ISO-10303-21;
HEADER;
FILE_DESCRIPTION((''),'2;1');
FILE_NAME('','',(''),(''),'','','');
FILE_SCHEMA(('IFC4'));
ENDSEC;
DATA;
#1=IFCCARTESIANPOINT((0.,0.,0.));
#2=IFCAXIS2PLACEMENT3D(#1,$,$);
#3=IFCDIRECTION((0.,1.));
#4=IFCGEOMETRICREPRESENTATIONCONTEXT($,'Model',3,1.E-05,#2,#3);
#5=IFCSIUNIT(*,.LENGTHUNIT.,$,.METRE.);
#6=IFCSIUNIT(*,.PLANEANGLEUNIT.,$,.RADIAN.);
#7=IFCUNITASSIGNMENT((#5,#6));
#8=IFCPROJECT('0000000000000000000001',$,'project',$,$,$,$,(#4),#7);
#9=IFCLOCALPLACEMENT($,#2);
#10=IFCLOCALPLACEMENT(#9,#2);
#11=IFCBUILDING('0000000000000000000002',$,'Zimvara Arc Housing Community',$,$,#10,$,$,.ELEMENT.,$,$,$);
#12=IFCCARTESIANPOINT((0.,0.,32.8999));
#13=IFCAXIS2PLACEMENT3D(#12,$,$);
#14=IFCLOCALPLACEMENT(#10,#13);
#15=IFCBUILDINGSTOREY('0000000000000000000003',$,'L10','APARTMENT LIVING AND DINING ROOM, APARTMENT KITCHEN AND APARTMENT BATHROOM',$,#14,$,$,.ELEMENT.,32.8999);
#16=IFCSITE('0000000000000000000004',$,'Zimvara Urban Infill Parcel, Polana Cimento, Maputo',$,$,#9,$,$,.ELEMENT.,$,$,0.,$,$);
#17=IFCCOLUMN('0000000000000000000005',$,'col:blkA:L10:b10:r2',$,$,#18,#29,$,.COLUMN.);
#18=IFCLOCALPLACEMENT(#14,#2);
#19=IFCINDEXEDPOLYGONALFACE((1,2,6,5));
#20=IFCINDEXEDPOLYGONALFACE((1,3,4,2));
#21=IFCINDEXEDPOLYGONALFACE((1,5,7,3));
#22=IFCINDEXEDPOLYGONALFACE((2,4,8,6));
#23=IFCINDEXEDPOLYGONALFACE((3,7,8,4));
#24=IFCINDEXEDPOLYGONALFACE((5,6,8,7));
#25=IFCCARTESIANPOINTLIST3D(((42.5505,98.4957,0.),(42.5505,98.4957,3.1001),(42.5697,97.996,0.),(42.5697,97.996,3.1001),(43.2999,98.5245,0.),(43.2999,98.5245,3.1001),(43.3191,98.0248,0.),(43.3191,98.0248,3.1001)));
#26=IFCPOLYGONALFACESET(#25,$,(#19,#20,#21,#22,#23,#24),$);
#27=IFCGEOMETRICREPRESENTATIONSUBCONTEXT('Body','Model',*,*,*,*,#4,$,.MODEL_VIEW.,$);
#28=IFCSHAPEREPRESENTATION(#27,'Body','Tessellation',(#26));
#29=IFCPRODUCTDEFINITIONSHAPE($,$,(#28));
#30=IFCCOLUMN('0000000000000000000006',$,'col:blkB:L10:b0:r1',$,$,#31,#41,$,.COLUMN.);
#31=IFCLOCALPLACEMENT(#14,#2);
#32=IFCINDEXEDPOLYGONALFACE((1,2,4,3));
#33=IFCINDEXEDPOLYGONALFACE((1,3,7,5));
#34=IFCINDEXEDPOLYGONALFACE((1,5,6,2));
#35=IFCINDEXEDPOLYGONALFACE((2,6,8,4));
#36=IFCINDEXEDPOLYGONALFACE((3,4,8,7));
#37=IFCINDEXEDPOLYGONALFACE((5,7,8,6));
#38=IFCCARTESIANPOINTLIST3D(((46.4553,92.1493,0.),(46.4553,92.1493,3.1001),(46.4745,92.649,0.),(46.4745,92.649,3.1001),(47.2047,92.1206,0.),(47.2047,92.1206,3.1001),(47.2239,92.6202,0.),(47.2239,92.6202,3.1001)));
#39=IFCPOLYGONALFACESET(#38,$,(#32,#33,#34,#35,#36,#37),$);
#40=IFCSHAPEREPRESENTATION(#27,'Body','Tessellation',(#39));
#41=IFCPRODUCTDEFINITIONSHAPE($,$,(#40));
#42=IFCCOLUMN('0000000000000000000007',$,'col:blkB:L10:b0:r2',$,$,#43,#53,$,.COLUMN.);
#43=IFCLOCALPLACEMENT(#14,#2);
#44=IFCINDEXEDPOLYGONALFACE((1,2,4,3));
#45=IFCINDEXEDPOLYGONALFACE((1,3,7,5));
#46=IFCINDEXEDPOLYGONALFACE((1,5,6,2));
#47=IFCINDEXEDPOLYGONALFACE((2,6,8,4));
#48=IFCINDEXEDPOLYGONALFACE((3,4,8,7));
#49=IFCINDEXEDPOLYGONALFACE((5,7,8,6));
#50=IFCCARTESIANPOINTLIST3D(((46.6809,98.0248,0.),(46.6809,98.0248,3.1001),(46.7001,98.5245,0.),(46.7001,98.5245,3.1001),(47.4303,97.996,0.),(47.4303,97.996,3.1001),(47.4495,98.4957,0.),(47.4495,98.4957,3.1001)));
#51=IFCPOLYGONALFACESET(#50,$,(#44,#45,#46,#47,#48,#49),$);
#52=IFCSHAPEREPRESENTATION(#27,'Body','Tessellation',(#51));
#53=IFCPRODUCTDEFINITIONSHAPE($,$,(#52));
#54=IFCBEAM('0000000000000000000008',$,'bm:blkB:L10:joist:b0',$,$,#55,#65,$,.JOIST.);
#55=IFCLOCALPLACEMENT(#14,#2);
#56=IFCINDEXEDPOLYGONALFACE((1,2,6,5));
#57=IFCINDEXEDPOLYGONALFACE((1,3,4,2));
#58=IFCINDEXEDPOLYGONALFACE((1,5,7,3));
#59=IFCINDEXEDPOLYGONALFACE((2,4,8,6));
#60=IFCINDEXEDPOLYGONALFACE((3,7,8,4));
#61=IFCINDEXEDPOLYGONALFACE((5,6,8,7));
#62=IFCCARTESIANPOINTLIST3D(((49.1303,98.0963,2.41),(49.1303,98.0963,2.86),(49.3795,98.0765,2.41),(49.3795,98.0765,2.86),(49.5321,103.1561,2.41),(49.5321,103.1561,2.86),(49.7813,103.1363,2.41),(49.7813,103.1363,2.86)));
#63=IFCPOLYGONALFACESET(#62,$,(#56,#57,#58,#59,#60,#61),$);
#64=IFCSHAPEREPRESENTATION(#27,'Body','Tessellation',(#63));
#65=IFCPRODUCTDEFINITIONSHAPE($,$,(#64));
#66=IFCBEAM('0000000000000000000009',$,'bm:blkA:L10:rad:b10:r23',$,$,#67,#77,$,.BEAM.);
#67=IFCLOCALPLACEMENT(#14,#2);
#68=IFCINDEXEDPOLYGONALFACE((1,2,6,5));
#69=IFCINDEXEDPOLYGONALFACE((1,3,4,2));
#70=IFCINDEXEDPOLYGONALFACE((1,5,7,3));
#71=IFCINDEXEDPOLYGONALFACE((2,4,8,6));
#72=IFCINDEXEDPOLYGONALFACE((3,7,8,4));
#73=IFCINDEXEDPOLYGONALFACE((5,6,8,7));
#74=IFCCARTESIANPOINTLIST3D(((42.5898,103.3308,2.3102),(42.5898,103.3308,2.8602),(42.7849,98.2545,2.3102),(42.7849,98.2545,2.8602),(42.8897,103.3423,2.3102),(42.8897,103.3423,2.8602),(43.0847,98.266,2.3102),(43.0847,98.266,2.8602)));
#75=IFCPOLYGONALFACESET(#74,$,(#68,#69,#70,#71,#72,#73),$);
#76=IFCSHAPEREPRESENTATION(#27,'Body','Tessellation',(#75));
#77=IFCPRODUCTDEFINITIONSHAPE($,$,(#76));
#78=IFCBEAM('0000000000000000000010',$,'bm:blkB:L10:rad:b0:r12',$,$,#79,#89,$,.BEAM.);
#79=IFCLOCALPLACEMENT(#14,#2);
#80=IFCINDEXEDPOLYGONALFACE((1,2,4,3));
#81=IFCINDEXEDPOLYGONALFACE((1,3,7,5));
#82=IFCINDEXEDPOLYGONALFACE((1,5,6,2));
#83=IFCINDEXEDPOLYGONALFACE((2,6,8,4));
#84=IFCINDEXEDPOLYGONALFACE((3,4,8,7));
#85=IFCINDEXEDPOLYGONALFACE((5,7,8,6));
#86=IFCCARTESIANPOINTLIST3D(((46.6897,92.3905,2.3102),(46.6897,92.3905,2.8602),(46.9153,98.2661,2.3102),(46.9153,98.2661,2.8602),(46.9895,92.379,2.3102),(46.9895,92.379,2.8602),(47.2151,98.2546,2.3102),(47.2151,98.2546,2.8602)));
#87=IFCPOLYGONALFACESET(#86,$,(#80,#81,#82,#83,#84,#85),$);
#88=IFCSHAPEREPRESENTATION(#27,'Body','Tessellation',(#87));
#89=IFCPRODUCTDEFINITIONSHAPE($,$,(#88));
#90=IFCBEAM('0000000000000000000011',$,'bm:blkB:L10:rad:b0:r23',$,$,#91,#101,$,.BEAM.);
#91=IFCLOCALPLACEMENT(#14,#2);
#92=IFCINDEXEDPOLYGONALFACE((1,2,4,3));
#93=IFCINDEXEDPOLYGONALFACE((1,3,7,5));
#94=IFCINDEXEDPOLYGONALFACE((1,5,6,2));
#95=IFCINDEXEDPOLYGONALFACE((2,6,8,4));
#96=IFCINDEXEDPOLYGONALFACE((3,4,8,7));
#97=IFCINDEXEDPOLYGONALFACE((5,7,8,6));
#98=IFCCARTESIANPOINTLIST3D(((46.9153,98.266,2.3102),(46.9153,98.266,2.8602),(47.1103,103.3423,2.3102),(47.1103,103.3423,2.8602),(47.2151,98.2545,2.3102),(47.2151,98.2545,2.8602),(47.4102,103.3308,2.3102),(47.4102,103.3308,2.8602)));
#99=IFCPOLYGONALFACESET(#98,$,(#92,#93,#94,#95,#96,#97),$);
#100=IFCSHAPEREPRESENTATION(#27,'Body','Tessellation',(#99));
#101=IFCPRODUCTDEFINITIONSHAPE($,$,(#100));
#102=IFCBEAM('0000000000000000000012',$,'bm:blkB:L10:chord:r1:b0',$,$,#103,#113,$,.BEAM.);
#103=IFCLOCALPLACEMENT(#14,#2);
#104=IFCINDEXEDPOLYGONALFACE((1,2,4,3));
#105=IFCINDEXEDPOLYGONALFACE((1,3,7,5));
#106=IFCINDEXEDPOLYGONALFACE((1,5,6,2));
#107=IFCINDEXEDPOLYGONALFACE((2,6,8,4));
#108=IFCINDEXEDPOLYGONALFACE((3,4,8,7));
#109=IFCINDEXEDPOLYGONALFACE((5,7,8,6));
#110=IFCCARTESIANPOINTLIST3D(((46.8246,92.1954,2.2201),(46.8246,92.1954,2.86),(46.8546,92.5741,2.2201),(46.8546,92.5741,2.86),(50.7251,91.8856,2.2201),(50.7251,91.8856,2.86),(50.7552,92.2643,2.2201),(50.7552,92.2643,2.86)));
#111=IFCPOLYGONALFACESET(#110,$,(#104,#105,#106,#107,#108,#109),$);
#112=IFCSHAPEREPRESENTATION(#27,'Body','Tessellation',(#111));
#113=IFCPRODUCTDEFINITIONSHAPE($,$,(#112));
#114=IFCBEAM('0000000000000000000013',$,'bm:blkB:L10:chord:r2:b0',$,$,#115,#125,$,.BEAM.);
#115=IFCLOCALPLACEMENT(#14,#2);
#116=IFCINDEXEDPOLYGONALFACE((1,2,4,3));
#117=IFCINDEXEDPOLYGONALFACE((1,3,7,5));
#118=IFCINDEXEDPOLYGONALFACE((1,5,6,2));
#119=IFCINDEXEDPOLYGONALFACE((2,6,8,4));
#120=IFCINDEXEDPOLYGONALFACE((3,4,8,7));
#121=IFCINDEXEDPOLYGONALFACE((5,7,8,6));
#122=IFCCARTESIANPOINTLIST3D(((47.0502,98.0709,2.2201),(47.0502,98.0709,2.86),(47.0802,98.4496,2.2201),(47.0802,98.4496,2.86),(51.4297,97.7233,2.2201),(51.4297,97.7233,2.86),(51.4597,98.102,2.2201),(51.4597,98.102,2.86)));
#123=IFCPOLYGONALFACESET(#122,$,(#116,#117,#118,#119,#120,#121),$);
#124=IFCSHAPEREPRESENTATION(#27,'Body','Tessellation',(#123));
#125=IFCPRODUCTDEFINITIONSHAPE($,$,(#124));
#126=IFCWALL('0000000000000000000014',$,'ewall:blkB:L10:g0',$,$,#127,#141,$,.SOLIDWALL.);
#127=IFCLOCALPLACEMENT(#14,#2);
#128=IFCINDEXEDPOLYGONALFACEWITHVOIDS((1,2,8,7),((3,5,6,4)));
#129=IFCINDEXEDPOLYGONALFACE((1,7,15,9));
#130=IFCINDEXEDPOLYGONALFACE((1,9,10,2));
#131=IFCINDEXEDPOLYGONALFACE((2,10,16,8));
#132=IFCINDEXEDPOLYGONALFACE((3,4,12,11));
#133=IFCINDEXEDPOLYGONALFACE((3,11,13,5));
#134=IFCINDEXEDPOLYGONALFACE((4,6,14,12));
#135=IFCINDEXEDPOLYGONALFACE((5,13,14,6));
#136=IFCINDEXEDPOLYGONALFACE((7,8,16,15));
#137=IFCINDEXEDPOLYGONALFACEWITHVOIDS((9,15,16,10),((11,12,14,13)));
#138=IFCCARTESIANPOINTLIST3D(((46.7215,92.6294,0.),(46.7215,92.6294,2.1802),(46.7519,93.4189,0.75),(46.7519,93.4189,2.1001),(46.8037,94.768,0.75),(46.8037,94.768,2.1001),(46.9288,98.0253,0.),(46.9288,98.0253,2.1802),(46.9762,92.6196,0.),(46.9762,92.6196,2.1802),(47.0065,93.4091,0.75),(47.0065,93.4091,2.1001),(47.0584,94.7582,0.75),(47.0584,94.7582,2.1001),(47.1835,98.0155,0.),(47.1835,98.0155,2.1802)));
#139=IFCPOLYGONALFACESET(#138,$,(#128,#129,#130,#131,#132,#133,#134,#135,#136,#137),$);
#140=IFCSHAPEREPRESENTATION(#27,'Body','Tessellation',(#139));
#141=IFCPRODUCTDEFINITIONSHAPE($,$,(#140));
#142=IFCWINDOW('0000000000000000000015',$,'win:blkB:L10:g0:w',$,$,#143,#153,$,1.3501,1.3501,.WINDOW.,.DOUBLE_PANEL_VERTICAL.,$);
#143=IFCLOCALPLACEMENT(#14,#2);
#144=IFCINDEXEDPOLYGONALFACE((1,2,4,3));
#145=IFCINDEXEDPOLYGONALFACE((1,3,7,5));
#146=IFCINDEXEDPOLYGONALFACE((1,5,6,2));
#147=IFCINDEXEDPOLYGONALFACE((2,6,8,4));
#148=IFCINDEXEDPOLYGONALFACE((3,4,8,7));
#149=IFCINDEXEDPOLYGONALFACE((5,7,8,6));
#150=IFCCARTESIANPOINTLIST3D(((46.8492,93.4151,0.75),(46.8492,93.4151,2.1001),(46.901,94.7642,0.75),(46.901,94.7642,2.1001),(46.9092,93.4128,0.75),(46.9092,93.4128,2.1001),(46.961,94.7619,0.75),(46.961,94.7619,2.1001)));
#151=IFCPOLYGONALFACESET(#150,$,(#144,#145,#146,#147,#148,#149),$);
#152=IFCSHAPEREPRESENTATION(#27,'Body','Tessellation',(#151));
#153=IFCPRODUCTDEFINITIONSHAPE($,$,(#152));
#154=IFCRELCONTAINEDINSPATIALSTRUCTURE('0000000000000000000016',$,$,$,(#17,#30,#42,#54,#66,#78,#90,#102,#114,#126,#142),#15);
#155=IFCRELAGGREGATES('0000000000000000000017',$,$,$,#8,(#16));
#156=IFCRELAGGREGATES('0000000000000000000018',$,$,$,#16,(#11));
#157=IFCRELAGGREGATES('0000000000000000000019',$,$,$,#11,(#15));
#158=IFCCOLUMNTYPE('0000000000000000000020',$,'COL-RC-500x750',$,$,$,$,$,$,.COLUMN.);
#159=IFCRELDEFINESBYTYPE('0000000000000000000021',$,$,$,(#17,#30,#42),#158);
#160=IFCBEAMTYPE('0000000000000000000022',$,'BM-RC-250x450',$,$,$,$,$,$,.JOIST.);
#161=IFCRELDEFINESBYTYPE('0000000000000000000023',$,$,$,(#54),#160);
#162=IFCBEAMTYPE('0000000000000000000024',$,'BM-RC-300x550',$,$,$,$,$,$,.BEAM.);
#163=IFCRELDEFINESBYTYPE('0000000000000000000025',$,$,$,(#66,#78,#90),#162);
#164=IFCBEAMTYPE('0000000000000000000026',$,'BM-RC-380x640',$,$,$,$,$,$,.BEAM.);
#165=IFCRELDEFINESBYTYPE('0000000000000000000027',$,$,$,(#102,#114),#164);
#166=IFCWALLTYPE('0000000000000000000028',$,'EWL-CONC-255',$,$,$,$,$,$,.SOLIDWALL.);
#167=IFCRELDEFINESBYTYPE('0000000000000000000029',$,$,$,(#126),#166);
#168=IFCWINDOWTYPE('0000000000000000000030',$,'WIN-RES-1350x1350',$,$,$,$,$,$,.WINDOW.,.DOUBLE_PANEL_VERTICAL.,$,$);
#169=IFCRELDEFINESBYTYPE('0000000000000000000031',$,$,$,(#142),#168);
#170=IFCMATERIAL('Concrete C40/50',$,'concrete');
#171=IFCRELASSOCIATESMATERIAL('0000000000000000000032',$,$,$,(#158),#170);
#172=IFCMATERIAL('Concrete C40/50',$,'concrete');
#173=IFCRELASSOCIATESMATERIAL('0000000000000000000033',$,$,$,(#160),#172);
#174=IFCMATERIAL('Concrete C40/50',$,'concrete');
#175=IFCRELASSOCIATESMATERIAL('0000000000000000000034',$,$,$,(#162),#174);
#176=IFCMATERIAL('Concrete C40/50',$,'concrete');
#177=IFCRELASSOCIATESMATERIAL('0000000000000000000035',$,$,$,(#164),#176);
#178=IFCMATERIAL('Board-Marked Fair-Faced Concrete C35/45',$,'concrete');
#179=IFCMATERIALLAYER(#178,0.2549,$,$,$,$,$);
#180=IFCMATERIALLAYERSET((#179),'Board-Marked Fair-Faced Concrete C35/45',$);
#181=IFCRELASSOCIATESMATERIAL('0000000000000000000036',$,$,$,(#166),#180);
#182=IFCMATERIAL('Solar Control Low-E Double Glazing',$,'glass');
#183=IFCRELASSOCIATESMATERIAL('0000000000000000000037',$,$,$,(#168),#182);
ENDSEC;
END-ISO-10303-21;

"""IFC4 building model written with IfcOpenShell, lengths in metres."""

from ifc_helpers import new_model, si_unit, direction, frame, frame_2d, origin, origin_2d, place, context, subcontext, project, spatial, rectangle, extrude, material, layer, layer_set, material_profile, profile_set, type_object, element, fill, save


model = new_model("IFC4")

# Units and contexts
model_context = context("Model", 3, precision=1e-05, world=origin(), true_north=direction((0.0, 1.0)))
body_context = subcontext(model_context, "Body", "Model", "MODEL_VIEW")
ifc_project = project(units=[si_unit("LENGTHUNIT", "METRE"), si_unit("PLANEANGLEUNIT", "RADIAN")], contexts=[model_context])

# Site, building, storey
site_placement = place(None, origin())
site = spatial("IfcSite", under=ifc_project, at=site_placement, Name="Zimvara Urban Infill Parcel, Polana Cimento, Maputo", CompositionType="ELEMENT", RefElevation=0.0)
building_placement = place(site_placement, origin())
building = spatial("IfcBuilding", under=site, at=building_placement, Name="Zimvara Arc Housing Community", CompositionType="ELEMENT")
storey_placement = place(building_placement, frame((0.0, 0.0, 32.8999)))
storey = spatial("IfcBuildingStorey", under=building, at=storey_placement, Name="L10", Description="APARTMENT LIVING AND DINING ROOM, APARTMENT KITCHEN AND APARTMENT BATHROOM", CompositionType="ELEMENT", Elevation=32.8999)

# Columns
ifc_material_1 = material(Name="Concrete C40/50", Category="concrete")
ifc_material_profile_1 = material_profile(ifc_material_1, rectangle(XDim=0.5, YDim=0.75, at=origin_2d()), Name="RC 500x750")
ifc_profile_set_1 = profile_set([ifc_material_profile_1], Name="Concrete C40/50")
column_type = type_object("IfcColumnType", Name="COL-RC-500x750", PredefinedType="COLUMN", material=ifc_profile_set_1)
for number, where, z_axis, x_axis, name in (
    (1, (42.9348, 98.2603, 0.0), (0.0, 0.0, 1.0), (-0.038388, 0.999263, 0.0), "col:blkA:L10:b10:r2"),
    (2, (46.8396, 92.3848, 0.0), (0.0, 0.0, 1.0), (0.038388, 0.999263, 0.0), "col:blkB:L10:b0:r1"),
    (3, (47.0652, 98.2603, 0.0), (0.0, 0.0, 1.0), (0.038388, 0.999263, 0.0), "col:blkB:L10:b0:r2"),
):
    element("IfcColumn", number, at=place(storey_placement, frame(where, z_axis=z_axis, x_axis=x_axis)), inside=storey, type_object=column_type, Name=name, PredefinedType="COLUMN", context=body_context, shape_type="SweptSolid", body=[
        extrude(rectangle(XDim=0.5, YDim=0.75, at=origin_2d()), origin(), (0.0, 0.0, 1.0), 3.1001),
    ])

# Beams
ifc_material_2 = material(Name="Concrete C40/50", Category="concrete")
ifc_material_profile_2 = material_profile(ifc_material_2, rectangle(XDim=0.25, YDim=0.45, at=origin_2d()), Name="RC 250x450")
ifc_profile_set_2 = profile_set([ifc_material_profile_2], Name="Concrete C40/50")
beam_type_1 = type_object("IfcBeamType", Name="BM-RC-250x450", PredefinedType="JOIST", material=ifc_profile_set_2)
beam_1_placement = place(storey_placement, frame((49.2549, 98.0864, 2.635), z_axis=(0.079172, 0.996861, 0.0), x_axis=(-0.996861, 0.079172, 0.0)))
element("IfcBeam", 4, at=beam_1_placement, inside=storey, type_object=beam_type_1, Name="bm:blkB:L10:joist:b0", PredefinedType="JOIST", context=body_context, shape_type="SweptSolid", body=[
    extrude(rectangle(XDim=0.25, YDim=0.45, at=origin_2d()), origin(), (0.0, 0.0, 1.0), 5.0757),
])
ifc_material_3 = material(Name="Concrete C40/50", Category="concrete")
ifc_material_profile_3 = material_profile(ifc_material_3, rectangle(XDim=0.3, YDim=0.55, at=origin_2d()), Name="RC 300x550")
ifc_profile_set_3 = profile_set([ifc_material_profile_3], Name="Concrete C40/50")
beam_type_2 = type_object("IfcBeamType", Name="BM-RC-300x550", PredefinedType="BEAM", material=ifc_profile_set_3)
beam_2_placement = place(storey_placement, frame((42.9348, 98.2603, 2.5852), z_axis=(-0.038398, 0.999263, 0.0), x_axis=(-0.999263, -0.038398, 0.0)))
element("IfcBeam", 5, at=beam_2_placement, inside=storey, type_object=beam_type_2, Name="bm:blkA:L10:rad:b10:r23", PredefinedType="BEAM", context=body_context, shape_type="SweptSolid", body=[
    extrude(rectangle(XDim=0.3, YDim=0.55, at=origin_2d()), origin(), (0.0, 0.0, 1.0), 5.0801),
])
beam_3_placement = place(storey_placement, frame((46.8396, 92.3848, 2.5852), z_axis=(0.038366, 0.999264, 0.0), x_axis=(-0.999264, 0.038366, 0.0)))
element("IfcBeam", 6, at=beam_3_placement, inside=storey, type_object=beam_type_2, Name="bm:blkB:L10:rad:b0:r12", PredefinedType="BEAM", context=body_context, shape_type="SweptSolid", body=[
    extrude(rectangle(XDim=0.3, YDim=0.55, at=origin_2d()), origin(), (0.0, 0.0, 1.0), 5.8799),
])
beam_4_placement = place(storey_placement, frame((47.0652, 98.2603, 2.5852), z_axis=(0.038398, 0.999263, 0.0), x_axis=(-0.999263, 0.038398, 0.0)))
element("IfcBeam", 7, at=beam_4_placement, inside=storey, type_object=beam_type_2, Name="bm:blkB:L10:rad:b0:r23", PredefinedType="BEAM", context=body_context, shape_type="SweptSolid", body=[
    extrude(rectangle(XDim=0.3, YDim=0.55, at=origin_2d()), origin(), (0.0, 0.0, 1.0), 5.0801),
])
ifc_material_4 = material(Name="Concrete C40/50", Category="concrete")
ifc_material_profile_4 = material_profile(ifc_material_4, rectangle(XDim=0.3799, YDim=0.6399, at=origin_2d()), Name="RC 380x640")
ifc_profile_set_4 = profile_set([ifc_material_profile_4], Name="Concrete C40/50")
beam_type_3 = type_object("IfcBeamType", Name="BM-RC-380x640", PredefinedType="BEAM", material=ifc_profile_set_4)
beam_5_placement = place(storey_placement, frame((46.8396, 92.3848, 2.54), z_axis=(0.996861, -0.079177, 0.0), x_axis=(0.079177, 0.996861, 0.0)))
element("IfcBeam", 8, at=beam_5_placement, inside=storey, type_object=beam_type_3, Name="bm:blkB:L10:chord:r1:b0", PredefinedType="BEAM", context=body_context, shape_type="SweptSolid", body=[
    extrude(rectangle(XDim=0.3799, YDim=0.6399, at=origin_2d()), origin(), (0.0, 0.0, 1.0), 3.9128),
])
beam_6_placement = place(storey_placement, frame((47.0652, 98.2603, 2.54), z_axis=(0.996864, -0.079131, 0.0), x_axis=(0.079131, 0.996864, 0.0)))
element("IfcBeam", 9, at=beam_6_placement, inside=storey, type_object=beam_type_3, Name="bm:blkB:L10:chord:r2:b0", PredefinedType="BEAM", context=body_context, shape_type="SweptSolid", body=[
    extrude(rectangle(XDim=0.3799, YDim=0.6399, at=origin_2d()), origin(), (0.0, 0.0, 1.0), 4.3933),
])

# Wall, opening, window
ifc_material_5 = material(Name="Board-Marked Fair-Faced Concrete C35/45", Category="concrete")
ifc_layer_1 = layer(ifc_material_5, 0.2549)
ifc_layer_set_1 = layer_set([ifc_layer_1], Name="Board-Marked Fair-Faced Concrete C35/45")
wall_type_1 = type_object("IfcWallType", Name="EWL-CONC-255", PredefinedType="SOLIDWALL", material=ifc_layer_set_1)
wall_1_placement = place(storey_placement, frame((46.8489, 92.6245, 0.0), z_axis=(0.0, 0.0, 1.0), x_axis=(0.038385, 0.999263, 0.0)))
wall_1 = element("IfcWall", 10, at=wall_1_placement, inside=storey, type_object=wall_type_1, Name="ewall:blkB:L10:g0", PredefinedType="SOLIDWALL", context=body_context, shape_type="SweptSolid", body=[
    extrude(rectangle(XDim=5.3999, YDim=0.2549, at=frame_2d((2.7, 0.0))), origin(), (0.0, 0.0, 1.0), 2.1802),
])
opening_1_placement = place(wall_1_placement, frame((0.79, 0.0, 0.75)))
opening_1 = element("IfcOpeningElement", 11, at=opening_1_placement, cuts=wall_1, PredefinedType="OPENING", context=body_context, shape_type="SweptSolid", body=[
    extrude(rectangle(XDim=1.3501, YDim=1.3501, at=frame_2d((0.675, 0.675))), frame((0.0, 0.1375, 0.0), z_axis=(0.0, -1.0, 0.0), x_axis=(1.0, 0.0, 0.0)), (0.0, 0.0, 1.0), 0.2749),
])
ifc_material_6 = material(Name="Solar Control Low-E Double Glazing", Category="glass")
window_type = type_object("IfcWindowType", Name="WIN-RES-1350x1350", PartitioningType="DOUBLE_PANEL_VERTICAL", PredefinedType="WINDOW", material=ifc_material_6)
window_placement = place(opening_1_placement, origin())
window = element("IfcWindow", 12, at=window_placement, inside=storey, type_object=window_type, Name="win:blkB:L10:g0:w", OverallHeight=1.3501, OverallWidth=1.3501, PartitioningType="DOUBLE_PANEL_VERTICAL", PredefinedType="WINDOW", context=body_context, shape_type="SweptSolid", body=[
    extrude(rectangle(XDim=1.3501, YDim=1.3501, at=frame_2d((0.675, 0.675))), frame((0.0, 0.03, 0.0), z_axis=(0.0, -1.0, 0.0), x_axis=(1.0, 0.0, 0.0)), (0.0, 0.0, 1.0), 0.0601),
])
fill(opening_1, window)

save(model, "model.ifc")
